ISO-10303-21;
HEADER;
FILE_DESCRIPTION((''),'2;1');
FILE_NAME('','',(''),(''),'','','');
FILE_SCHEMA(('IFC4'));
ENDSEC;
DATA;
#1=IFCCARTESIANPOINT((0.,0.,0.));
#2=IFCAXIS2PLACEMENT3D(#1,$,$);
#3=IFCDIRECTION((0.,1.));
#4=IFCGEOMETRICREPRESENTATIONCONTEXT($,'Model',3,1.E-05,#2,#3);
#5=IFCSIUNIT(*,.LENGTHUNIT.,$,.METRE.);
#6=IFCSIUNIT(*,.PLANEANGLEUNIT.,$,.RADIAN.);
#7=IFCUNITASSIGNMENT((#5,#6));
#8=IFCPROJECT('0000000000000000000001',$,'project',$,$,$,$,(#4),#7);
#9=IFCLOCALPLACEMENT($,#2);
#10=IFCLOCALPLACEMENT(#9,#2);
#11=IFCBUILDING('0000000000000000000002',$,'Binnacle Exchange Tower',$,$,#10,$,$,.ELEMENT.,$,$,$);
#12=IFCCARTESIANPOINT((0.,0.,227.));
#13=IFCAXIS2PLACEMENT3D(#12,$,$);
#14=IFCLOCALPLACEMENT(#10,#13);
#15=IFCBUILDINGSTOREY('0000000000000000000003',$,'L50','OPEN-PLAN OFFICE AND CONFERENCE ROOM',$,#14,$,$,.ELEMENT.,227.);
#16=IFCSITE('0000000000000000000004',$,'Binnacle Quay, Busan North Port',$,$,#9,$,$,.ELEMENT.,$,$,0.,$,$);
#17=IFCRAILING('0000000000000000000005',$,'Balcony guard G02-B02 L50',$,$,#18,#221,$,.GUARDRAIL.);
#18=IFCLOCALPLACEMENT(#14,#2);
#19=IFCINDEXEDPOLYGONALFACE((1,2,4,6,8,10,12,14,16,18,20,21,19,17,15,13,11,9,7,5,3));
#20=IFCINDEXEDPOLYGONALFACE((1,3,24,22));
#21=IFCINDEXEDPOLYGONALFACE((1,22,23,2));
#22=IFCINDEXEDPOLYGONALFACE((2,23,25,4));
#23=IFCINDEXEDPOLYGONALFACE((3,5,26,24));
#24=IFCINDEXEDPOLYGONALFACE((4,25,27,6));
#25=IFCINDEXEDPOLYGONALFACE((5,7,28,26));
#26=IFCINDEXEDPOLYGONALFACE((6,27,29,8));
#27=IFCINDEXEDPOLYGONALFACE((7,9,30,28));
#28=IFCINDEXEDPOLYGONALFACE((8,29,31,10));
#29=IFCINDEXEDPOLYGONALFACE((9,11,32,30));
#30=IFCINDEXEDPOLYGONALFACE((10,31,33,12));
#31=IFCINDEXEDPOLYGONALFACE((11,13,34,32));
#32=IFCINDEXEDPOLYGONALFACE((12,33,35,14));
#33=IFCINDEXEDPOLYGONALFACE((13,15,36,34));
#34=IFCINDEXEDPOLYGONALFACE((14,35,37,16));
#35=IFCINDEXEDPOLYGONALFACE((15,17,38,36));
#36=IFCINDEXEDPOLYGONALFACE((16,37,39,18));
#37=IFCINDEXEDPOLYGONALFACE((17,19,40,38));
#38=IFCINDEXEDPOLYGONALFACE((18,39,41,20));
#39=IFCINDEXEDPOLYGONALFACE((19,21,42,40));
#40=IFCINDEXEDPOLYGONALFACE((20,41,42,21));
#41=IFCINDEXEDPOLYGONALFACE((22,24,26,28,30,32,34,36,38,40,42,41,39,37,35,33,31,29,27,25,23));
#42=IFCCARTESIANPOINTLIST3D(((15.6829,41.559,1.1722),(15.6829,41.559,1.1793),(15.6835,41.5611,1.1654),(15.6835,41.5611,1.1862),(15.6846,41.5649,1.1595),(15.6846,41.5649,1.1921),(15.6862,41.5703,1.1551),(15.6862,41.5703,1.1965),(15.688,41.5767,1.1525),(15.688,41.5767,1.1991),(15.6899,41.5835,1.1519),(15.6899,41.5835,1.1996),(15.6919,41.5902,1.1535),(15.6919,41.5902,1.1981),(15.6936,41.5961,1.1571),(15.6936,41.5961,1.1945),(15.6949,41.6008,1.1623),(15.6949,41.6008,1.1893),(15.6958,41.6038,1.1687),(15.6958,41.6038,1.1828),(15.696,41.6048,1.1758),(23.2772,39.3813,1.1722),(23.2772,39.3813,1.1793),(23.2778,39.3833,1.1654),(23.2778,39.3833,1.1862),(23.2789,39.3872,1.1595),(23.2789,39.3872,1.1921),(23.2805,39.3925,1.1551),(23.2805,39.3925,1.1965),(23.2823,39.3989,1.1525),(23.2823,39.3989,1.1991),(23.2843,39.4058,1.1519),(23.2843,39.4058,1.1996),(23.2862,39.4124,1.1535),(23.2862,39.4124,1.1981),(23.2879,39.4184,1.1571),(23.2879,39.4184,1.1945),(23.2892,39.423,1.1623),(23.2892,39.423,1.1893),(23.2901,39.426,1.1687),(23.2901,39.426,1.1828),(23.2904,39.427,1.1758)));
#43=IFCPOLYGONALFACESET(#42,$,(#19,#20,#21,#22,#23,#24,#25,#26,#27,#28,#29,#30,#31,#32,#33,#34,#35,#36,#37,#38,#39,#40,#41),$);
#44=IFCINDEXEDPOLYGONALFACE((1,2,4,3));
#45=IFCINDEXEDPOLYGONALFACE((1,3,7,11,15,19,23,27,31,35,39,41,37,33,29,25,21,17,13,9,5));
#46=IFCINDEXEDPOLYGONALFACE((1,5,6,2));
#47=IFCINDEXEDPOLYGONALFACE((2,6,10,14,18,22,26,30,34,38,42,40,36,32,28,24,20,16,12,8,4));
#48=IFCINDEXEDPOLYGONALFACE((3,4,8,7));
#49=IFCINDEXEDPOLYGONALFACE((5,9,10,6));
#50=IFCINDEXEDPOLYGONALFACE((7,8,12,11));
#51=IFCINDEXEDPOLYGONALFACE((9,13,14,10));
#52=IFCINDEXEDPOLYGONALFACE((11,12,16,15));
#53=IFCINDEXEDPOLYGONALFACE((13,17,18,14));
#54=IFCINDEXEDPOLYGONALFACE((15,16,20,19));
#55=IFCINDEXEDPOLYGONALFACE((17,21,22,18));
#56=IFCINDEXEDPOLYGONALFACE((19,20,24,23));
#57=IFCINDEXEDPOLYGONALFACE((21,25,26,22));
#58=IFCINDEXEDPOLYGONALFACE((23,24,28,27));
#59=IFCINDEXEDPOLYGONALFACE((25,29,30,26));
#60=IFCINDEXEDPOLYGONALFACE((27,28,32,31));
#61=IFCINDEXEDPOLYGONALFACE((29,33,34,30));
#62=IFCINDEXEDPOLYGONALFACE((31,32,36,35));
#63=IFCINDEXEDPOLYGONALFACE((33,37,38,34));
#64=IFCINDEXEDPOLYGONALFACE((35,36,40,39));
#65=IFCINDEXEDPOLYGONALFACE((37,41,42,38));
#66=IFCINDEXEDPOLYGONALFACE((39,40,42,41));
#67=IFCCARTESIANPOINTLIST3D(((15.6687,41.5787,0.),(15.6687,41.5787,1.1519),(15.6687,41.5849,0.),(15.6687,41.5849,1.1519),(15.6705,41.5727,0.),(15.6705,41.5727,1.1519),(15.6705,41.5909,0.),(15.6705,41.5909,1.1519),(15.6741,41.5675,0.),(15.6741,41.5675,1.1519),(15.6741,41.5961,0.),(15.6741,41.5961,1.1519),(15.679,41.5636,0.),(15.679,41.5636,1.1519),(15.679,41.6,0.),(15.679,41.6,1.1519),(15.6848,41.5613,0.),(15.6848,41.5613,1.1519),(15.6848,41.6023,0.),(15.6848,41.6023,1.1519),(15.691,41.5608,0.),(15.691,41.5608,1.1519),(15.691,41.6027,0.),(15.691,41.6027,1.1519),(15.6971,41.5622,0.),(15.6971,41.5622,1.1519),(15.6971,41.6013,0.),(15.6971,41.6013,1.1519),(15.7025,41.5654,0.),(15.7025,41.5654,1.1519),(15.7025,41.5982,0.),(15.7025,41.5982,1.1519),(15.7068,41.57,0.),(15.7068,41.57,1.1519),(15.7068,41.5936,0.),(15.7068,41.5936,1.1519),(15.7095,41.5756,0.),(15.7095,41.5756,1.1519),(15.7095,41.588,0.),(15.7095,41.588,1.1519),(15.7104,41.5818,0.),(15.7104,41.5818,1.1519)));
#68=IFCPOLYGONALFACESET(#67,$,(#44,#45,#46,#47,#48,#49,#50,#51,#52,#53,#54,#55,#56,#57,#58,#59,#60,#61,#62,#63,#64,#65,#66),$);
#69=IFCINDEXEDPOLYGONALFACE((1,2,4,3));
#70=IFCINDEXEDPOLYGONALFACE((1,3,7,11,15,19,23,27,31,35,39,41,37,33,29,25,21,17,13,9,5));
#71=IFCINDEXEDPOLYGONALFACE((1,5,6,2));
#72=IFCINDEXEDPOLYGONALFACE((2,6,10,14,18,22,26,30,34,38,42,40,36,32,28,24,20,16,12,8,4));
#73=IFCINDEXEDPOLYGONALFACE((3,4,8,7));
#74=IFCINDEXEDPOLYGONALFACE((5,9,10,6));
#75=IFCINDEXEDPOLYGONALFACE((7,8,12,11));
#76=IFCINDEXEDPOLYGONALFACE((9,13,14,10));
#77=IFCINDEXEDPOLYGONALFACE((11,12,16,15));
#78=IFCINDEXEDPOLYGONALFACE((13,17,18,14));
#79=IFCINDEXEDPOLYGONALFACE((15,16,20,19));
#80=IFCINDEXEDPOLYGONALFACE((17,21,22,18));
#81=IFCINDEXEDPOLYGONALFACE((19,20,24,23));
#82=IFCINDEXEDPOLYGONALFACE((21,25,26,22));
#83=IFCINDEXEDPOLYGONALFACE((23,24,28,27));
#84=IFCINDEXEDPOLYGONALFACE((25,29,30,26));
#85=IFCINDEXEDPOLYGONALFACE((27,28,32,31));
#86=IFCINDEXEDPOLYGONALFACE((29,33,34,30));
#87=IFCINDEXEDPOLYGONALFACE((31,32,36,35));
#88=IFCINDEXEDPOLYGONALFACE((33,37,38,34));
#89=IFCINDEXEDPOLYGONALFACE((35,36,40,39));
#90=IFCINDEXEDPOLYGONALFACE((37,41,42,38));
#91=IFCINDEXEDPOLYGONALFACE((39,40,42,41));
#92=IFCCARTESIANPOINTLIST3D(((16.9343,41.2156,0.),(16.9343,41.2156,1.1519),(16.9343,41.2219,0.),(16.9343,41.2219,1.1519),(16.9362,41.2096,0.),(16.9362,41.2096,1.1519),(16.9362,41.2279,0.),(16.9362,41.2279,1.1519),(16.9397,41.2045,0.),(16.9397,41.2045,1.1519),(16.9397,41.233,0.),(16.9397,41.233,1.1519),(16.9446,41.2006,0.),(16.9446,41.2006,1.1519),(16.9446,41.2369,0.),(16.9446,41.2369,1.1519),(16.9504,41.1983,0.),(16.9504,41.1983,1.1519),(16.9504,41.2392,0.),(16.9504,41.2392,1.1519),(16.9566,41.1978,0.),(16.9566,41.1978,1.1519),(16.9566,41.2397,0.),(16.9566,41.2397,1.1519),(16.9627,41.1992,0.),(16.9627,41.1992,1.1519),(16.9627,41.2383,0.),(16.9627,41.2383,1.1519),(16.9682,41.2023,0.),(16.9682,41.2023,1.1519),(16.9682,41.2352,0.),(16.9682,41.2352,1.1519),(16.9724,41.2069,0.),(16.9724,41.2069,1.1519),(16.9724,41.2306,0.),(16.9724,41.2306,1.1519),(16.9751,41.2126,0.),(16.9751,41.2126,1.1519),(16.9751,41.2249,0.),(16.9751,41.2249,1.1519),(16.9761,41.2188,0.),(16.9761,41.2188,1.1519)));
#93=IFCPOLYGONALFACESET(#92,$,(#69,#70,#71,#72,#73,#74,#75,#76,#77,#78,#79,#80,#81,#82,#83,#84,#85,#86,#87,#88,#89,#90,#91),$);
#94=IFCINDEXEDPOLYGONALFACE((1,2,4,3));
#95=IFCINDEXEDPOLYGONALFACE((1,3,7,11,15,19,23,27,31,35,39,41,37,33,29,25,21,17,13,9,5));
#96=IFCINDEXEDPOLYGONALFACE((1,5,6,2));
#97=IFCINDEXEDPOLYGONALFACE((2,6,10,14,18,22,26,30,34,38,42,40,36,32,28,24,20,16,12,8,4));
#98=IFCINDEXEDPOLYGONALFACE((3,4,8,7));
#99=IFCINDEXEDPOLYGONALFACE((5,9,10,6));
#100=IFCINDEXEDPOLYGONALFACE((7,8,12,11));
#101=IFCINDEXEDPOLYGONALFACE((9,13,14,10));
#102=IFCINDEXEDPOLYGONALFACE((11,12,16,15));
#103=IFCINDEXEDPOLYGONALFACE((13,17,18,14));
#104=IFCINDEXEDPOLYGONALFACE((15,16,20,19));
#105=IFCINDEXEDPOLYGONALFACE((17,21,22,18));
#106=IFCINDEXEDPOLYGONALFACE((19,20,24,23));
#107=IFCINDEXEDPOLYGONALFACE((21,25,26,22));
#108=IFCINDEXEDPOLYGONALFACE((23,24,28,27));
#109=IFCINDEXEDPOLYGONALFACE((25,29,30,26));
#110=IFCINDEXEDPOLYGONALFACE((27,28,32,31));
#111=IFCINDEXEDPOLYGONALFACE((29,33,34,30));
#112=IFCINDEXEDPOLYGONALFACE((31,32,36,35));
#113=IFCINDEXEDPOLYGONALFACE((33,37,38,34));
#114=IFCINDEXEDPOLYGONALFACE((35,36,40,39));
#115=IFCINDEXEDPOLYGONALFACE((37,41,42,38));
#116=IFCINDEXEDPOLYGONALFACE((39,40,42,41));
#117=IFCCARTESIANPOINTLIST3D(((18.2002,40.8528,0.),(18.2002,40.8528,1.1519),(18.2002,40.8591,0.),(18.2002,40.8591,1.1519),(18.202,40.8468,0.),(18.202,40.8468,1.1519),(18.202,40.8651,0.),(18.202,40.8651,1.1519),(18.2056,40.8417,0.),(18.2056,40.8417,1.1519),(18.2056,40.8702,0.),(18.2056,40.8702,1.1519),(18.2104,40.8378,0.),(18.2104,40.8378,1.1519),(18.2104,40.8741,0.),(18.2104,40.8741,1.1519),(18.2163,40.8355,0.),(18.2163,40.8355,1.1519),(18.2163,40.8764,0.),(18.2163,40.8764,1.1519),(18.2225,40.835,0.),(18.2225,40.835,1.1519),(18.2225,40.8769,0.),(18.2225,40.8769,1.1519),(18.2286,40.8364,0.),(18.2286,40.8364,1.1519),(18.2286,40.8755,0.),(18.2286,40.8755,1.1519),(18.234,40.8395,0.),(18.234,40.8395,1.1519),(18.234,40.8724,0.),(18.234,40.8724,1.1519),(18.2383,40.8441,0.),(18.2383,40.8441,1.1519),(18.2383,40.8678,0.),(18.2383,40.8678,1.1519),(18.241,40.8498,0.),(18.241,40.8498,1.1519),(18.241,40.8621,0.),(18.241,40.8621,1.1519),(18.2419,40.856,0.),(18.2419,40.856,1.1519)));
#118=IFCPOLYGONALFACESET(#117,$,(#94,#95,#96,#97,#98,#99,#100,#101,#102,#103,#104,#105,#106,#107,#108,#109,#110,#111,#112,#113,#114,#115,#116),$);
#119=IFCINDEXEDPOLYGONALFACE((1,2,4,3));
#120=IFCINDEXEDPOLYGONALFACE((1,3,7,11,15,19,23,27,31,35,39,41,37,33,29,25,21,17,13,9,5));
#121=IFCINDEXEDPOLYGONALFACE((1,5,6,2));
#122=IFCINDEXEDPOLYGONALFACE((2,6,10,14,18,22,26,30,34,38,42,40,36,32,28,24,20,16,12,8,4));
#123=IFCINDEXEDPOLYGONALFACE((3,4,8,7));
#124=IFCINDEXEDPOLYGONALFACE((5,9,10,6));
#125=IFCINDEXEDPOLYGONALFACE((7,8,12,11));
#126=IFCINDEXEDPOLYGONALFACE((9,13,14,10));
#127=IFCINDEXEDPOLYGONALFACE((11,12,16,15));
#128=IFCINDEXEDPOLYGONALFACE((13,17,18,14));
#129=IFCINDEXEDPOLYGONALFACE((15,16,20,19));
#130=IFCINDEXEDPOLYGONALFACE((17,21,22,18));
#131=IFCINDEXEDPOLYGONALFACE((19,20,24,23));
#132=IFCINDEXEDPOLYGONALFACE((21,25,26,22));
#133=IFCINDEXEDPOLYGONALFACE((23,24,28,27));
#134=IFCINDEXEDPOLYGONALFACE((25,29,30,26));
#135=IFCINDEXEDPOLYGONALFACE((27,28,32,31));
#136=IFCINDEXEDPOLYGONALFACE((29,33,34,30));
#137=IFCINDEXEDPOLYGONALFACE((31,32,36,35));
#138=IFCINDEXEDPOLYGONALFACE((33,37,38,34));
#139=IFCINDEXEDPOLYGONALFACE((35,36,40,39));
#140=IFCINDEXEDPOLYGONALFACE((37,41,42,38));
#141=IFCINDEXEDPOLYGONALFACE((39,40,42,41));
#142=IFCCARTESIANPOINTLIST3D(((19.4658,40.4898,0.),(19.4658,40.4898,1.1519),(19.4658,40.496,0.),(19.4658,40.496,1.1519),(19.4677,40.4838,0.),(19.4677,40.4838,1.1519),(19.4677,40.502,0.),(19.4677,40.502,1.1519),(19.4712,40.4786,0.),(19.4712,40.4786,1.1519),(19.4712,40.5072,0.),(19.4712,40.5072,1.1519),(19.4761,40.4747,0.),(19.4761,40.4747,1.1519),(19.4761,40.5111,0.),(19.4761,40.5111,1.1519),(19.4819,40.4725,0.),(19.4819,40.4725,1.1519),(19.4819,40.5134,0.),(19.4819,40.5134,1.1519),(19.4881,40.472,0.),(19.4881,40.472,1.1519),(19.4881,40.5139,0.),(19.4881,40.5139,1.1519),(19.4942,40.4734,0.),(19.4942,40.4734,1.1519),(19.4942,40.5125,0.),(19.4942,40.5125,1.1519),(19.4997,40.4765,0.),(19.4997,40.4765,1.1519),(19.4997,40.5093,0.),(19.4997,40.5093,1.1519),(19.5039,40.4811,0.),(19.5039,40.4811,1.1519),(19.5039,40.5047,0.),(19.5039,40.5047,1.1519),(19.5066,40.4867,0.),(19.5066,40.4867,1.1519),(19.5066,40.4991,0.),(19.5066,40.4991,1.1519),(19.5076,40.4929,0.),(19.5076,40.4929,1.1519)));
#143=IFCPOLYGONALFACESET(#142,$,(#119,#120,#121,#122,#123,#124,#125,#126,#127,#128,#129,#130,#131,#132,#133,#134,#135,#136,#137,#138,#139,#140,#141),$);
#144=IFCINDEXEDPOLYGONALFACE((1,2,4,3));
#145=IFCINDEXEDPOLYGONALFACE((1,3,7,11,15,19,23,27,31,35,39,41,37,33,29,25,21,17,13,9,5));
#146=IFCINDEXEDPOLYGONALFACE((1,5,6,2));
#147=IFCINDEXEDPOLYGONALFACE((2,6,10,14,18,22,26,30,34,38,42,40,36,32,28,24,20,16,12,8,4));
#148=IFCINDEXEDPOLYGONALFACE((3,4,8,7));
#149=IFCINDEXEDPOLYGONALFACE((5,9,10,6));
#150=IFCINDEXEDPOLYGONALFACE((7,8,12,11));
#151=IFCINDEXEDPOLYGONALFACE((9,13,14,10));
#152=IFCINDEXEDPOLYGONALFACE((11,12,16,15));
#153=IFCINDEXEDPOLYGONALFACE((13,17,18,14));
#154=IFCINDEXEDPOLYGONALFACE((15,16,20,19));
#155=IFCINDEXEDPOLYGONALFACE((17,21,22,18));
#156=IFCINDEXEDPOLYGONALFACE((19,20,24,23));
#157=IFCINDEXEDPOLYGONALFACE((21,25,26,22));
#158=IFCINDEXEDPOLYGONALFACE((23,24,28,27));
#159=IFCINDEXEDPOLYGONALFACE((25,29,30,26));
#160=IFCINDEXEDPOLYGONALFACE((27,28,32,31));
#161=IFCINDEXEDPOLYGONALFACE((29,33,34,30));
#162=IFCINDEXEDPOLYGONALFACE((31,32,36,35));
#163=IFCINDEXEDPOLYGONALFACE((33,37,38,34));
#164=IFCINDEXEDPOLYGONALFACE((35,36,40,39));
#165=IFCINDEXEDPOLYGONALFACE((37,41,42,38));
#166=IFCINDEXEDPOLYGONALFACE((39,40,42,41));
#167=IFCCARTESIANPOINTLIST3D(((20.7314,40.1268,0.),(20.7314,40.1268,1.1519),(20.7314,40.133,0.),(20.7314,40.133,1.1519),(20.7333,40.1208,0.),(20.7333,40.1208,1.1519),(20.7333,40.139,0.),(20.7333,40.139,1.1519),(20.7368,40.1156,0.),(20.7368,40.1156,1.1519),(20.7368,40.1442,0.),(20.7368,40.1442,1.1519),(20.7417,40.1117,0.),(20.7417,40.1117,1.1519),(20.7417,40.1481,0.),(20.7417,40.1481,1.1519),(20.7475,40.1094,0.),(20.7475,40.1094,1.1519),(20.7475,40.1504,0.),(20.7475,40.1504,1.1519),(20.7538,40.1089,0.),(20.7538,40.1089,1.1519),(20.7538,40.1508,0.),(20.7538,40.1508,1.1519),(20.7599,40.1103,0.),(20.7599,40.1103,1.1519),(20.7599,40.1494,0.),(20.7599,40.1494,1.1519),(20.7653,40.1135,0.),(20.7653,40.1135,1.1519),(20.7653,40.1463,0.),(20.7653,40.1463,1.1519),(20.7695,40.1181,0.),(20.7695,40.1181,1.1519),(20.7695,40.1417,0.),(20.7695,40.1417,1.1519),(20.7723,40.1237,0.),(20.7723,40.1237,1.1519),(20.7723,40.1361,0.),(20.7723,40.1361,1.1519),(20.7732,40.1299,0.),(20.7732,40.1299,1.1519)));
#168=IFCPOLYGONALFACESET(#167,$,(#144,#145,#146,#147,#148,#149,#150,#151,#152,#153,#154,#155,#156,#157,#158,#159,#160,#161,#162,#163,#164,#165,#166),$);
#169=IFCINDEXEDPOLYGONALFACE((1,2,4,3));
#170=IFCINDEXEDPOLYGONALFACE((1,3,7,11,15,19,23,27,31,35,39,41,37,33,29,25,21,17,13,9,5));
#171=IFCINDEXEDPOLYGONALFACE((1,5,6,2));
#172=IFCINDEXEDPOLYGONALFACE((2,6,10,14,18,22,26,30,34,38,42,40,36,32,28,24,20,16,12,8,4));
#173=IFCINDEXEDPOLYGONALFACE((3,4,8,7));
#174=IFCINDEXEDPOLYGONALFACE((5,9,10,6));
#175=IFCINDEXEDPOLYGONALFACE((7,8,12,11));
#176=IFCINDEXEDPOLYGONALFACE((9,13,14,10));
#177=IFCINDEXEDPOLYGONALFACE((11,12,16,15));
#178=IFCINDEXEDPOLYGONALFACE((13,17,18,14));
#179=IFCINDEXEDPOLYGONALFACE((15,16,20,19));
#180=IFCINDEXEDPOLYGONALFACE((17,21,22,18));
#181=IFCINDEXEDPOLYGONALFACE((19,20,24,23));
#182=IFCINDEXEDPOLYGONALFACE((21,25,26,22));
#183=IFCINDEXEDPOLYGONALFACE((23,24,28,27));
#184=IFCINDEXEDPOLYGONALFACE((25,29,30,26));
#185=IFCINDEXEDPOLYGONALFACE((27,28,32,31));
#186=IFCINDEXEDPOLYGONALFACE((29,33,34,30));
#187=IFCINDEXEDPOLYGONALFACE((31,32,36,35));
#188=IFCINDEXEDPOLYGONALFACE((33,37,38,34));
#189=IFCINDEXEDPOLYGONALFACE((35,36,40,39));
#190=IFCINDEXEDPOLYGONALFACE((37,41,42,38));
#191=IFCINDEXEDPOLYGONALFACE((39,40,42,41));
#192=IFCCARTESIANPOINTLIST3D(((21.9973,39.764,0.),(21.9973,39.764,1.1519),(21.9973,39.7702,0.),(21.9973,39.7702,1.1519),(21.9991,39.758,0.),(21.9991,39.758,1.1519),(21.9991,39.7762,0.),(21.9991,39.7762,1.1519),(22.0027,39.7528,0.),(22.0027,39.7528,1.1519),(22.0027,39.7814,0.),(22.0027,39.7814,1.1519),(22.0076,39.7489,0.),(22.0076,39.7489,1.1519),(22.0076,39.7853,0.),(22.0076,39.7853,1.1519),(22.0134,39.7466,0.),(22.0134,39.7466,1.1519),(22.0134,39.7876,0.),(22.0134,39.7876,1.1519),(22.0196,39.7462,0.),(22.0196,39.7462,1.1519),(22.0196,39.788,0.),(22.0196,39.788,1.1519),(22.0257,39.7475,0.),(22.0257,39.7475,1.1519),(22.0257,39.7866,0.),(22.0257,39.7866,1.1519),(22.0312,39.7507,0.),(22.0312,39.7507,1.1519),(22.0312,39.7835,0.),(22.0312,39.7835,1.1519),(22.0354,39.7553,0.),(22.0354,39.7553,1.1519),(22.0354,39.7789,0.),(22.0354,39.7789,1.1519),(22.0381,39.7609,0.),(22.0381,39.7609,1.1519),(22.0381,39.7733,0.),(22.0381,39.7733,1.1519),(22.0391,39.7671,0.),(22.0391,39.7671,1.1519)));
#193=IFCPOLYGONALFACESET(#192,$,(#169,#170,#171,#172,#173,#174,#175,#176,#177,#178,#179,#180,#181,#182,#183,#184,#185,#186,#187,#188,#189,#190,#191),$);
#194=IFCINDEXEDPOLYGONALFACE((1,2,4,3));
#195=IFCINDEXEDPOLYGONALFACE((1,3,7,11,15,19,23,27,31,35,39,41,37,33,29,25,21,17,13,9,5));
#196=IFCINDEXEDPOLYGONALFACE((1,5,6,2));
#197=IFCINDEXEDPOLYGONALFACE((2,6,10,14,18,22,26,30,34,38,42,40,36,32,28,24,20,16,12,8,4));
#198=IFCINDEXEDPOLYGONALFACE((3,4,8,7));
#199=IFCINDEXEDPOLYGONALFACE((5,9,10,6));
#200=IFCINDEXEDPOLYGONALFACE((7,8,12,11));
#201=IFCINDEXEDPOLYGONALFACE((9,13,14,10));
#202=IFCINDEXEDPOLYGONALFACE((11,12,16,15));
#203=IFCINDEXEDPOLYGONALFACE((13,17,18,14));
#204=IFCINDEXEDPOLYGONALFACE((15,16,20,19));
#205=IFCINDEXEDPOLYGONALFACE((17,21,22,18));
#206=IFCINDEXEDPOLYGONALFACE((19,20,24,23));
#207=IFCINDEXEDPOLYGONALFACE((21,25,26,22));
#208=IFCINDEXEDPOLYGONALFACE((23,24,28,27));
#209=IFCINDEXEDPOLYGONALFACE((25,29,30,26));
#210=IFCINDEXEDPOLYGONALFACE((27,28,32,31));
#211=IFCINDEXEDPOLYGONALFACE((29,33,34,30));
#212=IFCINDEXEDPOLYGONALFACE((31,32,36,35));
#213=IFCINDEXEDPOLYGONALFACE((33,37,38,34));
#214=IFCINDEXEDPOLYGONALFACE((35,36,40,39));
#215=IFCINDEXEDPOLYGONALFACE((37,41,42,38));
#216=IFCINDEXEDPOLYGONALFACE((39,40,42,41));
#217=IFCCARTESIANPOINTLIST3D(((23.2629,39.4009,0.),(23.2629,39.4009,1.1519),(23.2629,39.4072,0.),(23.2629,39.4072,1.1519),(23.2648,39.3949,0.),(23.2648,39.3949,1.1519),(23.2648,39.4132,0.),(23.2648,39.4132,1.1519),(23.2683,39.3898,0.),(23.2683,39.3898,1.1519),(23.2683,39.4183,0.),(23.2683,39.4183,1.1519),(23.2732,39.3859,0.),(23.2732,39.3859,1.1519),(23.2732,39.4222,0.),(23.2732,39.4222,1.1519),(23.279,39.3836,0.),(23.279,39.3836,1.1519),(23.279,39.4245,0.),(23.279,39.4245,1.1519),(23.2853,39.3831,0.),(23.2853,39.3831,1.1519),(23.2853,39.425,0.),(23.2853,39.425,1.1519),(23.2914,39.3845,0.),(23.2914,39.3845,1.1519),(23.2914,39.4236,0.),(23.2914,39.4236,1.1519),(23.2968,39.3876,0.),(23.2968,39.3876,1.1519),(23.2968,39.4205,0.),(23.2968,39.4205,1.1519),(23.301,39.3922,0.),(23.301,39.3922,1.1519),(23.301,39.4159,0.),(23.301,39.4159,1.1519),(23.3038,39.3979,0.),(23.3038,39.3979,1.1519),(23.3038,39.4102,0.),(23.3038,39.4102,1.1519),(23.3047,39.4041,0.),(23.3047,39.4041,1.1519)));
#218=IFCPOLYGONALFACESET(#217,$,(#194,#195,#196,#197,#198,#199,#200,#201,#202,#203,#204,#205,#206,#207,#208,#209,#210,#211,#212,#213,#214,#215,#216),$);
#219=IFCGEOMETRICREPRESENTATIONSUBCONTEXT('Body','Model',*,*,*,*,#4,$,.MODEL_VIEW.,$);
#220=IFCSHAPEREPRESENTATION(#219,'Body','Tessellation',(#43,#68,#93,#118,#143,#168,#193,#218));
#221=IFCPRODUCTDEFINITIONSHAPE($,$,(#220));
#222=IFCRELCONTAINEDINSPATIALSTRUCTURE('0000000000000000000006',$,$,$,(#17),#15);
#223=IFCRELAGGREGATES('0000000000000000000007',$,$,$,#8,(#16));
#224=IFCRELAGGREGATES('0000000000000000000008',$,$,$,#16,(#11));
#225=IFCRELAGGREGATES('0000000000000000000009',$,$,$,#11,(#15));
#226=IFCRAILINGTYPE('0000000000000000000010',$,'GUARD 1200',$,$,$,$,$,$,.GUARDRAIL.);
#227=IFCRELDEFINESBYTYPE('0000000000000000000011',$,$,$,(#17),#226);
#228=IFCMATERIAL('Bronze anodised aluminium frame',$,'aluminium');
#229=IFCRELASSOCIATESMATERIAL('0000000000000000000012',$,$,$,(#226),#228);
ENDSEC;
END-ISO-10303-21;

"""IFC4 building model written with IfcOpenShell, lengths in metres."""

from ifc_helpers import new_model, si_unit, direction, frame, origin, origin_2d, place, context, subcontext, project, spatial, circle, extrude, material, type_object, element, save


model = new_model("IFC4")

# Units and contexts
model_context = context("Model", 3, precision=1e-05, world=origin(), true_north=direction((0.0, 1.0)))
body_context = subcontext(model_context, "Body", "Model", "MODEL_VIEW")
ifc_project = project(units=[si_unit("LENGTHUNIT", "METRE"), si_unit("PLANEANGLEUNIT", "RADIAN")], contexts=[model_context])

# Site, building, storey
site_placement = place(None, origin())
site = spatial("IfcSite", under=ifc_project, at=site_placement, Name="Binnacle Quay, Busan North Port", CompositionType="ELEMENT", RefElevation=0.0)
building_placement = place(site_placement, origin())
building = spatial("IfcBuilding", under=site, at=building_placement, Name="Binnacle Exchange Tower", CompositionType="ELEMENT")
storey_placement = place(building_placement, frame((0.0, 0.0, 227.0)))
storey = spatial("IfcBuildingStorey", under=building, at=storey_placement, Name="L50", Description="OPEN-PLAN OFFICE AND CONFERENCE ROOM", CompositionType="ELEMENT", Elevation=227.0)

# Shared definitions
ifc_material_1 = material(Name="Bronze anodised aluminium frame", Category="aluminium")

# Railing
railing_type = type_object("IfcRailingType", Name="GUARD 1200", PredefinedType="GUARDRAIL", material=ifc_material_1)
railing_1_placement = place(storey_placement, frame((15.6895, 41.5818, 0.0)))
element("IfcRailing", 1, at=railing_1_placement, inside=storey, type_object=railing_type, Name="Balcony guard G02-B02 L50", PredefinedType="GUARDRAIL", context=body_context, shape_type="SweptSolid", body=[
    extrude(circle(Radius=0.0239, at=origin_2d()), frame((0.0, 0.0, 1.1758), z_axis=(0.961258, -0.275652, 0.0), x_axis=(0.275652, 0.961258, 0.0)), (0.0, 0.0, 1.0), 7.9004),
    extrude(circle(Radius=0.021, at=origin_2d()), origin(), (0.0, 0.0, 1.0), 1.1519),
    extrude(circle(Radius=0.021, at=origin_2d()), frame((1.2656, -0.363, 0.0)), (0.0, 0.0, 1.0), 1.1519),
    extrude(circle(Radius=0.021, at=origin_2d()), frame((2.5315, -0.7258, 0.0)), (0.0, 0.0, 1.0), 1.1519),
    extrude(circle(Radius=0.021, at=origin_2d()), frame((3.7971, -1.0889, 0.0)), (0.0, 0.0, 1.0), 1.1519),
    extrude(circle(Radius=0.021, at=origin_2d()), frame((5.0627, -1.4519, 0.0)), (0.0, 0.0, 1.0), 1.1519),
    extrude(circle(Radius=0.021, at=origin_2d()), frame((6.3286, -1.8147, 0.0)), (0.0, 0.0, 1.0), 1.1519),
    extrude(circle(Radius=0.021, at=origin_2d()), frame((7.5942, -2.1777, 0.0)), (0.0, 0.0, 1.0), 1.1519),
])

save(model, "model.ifc")
